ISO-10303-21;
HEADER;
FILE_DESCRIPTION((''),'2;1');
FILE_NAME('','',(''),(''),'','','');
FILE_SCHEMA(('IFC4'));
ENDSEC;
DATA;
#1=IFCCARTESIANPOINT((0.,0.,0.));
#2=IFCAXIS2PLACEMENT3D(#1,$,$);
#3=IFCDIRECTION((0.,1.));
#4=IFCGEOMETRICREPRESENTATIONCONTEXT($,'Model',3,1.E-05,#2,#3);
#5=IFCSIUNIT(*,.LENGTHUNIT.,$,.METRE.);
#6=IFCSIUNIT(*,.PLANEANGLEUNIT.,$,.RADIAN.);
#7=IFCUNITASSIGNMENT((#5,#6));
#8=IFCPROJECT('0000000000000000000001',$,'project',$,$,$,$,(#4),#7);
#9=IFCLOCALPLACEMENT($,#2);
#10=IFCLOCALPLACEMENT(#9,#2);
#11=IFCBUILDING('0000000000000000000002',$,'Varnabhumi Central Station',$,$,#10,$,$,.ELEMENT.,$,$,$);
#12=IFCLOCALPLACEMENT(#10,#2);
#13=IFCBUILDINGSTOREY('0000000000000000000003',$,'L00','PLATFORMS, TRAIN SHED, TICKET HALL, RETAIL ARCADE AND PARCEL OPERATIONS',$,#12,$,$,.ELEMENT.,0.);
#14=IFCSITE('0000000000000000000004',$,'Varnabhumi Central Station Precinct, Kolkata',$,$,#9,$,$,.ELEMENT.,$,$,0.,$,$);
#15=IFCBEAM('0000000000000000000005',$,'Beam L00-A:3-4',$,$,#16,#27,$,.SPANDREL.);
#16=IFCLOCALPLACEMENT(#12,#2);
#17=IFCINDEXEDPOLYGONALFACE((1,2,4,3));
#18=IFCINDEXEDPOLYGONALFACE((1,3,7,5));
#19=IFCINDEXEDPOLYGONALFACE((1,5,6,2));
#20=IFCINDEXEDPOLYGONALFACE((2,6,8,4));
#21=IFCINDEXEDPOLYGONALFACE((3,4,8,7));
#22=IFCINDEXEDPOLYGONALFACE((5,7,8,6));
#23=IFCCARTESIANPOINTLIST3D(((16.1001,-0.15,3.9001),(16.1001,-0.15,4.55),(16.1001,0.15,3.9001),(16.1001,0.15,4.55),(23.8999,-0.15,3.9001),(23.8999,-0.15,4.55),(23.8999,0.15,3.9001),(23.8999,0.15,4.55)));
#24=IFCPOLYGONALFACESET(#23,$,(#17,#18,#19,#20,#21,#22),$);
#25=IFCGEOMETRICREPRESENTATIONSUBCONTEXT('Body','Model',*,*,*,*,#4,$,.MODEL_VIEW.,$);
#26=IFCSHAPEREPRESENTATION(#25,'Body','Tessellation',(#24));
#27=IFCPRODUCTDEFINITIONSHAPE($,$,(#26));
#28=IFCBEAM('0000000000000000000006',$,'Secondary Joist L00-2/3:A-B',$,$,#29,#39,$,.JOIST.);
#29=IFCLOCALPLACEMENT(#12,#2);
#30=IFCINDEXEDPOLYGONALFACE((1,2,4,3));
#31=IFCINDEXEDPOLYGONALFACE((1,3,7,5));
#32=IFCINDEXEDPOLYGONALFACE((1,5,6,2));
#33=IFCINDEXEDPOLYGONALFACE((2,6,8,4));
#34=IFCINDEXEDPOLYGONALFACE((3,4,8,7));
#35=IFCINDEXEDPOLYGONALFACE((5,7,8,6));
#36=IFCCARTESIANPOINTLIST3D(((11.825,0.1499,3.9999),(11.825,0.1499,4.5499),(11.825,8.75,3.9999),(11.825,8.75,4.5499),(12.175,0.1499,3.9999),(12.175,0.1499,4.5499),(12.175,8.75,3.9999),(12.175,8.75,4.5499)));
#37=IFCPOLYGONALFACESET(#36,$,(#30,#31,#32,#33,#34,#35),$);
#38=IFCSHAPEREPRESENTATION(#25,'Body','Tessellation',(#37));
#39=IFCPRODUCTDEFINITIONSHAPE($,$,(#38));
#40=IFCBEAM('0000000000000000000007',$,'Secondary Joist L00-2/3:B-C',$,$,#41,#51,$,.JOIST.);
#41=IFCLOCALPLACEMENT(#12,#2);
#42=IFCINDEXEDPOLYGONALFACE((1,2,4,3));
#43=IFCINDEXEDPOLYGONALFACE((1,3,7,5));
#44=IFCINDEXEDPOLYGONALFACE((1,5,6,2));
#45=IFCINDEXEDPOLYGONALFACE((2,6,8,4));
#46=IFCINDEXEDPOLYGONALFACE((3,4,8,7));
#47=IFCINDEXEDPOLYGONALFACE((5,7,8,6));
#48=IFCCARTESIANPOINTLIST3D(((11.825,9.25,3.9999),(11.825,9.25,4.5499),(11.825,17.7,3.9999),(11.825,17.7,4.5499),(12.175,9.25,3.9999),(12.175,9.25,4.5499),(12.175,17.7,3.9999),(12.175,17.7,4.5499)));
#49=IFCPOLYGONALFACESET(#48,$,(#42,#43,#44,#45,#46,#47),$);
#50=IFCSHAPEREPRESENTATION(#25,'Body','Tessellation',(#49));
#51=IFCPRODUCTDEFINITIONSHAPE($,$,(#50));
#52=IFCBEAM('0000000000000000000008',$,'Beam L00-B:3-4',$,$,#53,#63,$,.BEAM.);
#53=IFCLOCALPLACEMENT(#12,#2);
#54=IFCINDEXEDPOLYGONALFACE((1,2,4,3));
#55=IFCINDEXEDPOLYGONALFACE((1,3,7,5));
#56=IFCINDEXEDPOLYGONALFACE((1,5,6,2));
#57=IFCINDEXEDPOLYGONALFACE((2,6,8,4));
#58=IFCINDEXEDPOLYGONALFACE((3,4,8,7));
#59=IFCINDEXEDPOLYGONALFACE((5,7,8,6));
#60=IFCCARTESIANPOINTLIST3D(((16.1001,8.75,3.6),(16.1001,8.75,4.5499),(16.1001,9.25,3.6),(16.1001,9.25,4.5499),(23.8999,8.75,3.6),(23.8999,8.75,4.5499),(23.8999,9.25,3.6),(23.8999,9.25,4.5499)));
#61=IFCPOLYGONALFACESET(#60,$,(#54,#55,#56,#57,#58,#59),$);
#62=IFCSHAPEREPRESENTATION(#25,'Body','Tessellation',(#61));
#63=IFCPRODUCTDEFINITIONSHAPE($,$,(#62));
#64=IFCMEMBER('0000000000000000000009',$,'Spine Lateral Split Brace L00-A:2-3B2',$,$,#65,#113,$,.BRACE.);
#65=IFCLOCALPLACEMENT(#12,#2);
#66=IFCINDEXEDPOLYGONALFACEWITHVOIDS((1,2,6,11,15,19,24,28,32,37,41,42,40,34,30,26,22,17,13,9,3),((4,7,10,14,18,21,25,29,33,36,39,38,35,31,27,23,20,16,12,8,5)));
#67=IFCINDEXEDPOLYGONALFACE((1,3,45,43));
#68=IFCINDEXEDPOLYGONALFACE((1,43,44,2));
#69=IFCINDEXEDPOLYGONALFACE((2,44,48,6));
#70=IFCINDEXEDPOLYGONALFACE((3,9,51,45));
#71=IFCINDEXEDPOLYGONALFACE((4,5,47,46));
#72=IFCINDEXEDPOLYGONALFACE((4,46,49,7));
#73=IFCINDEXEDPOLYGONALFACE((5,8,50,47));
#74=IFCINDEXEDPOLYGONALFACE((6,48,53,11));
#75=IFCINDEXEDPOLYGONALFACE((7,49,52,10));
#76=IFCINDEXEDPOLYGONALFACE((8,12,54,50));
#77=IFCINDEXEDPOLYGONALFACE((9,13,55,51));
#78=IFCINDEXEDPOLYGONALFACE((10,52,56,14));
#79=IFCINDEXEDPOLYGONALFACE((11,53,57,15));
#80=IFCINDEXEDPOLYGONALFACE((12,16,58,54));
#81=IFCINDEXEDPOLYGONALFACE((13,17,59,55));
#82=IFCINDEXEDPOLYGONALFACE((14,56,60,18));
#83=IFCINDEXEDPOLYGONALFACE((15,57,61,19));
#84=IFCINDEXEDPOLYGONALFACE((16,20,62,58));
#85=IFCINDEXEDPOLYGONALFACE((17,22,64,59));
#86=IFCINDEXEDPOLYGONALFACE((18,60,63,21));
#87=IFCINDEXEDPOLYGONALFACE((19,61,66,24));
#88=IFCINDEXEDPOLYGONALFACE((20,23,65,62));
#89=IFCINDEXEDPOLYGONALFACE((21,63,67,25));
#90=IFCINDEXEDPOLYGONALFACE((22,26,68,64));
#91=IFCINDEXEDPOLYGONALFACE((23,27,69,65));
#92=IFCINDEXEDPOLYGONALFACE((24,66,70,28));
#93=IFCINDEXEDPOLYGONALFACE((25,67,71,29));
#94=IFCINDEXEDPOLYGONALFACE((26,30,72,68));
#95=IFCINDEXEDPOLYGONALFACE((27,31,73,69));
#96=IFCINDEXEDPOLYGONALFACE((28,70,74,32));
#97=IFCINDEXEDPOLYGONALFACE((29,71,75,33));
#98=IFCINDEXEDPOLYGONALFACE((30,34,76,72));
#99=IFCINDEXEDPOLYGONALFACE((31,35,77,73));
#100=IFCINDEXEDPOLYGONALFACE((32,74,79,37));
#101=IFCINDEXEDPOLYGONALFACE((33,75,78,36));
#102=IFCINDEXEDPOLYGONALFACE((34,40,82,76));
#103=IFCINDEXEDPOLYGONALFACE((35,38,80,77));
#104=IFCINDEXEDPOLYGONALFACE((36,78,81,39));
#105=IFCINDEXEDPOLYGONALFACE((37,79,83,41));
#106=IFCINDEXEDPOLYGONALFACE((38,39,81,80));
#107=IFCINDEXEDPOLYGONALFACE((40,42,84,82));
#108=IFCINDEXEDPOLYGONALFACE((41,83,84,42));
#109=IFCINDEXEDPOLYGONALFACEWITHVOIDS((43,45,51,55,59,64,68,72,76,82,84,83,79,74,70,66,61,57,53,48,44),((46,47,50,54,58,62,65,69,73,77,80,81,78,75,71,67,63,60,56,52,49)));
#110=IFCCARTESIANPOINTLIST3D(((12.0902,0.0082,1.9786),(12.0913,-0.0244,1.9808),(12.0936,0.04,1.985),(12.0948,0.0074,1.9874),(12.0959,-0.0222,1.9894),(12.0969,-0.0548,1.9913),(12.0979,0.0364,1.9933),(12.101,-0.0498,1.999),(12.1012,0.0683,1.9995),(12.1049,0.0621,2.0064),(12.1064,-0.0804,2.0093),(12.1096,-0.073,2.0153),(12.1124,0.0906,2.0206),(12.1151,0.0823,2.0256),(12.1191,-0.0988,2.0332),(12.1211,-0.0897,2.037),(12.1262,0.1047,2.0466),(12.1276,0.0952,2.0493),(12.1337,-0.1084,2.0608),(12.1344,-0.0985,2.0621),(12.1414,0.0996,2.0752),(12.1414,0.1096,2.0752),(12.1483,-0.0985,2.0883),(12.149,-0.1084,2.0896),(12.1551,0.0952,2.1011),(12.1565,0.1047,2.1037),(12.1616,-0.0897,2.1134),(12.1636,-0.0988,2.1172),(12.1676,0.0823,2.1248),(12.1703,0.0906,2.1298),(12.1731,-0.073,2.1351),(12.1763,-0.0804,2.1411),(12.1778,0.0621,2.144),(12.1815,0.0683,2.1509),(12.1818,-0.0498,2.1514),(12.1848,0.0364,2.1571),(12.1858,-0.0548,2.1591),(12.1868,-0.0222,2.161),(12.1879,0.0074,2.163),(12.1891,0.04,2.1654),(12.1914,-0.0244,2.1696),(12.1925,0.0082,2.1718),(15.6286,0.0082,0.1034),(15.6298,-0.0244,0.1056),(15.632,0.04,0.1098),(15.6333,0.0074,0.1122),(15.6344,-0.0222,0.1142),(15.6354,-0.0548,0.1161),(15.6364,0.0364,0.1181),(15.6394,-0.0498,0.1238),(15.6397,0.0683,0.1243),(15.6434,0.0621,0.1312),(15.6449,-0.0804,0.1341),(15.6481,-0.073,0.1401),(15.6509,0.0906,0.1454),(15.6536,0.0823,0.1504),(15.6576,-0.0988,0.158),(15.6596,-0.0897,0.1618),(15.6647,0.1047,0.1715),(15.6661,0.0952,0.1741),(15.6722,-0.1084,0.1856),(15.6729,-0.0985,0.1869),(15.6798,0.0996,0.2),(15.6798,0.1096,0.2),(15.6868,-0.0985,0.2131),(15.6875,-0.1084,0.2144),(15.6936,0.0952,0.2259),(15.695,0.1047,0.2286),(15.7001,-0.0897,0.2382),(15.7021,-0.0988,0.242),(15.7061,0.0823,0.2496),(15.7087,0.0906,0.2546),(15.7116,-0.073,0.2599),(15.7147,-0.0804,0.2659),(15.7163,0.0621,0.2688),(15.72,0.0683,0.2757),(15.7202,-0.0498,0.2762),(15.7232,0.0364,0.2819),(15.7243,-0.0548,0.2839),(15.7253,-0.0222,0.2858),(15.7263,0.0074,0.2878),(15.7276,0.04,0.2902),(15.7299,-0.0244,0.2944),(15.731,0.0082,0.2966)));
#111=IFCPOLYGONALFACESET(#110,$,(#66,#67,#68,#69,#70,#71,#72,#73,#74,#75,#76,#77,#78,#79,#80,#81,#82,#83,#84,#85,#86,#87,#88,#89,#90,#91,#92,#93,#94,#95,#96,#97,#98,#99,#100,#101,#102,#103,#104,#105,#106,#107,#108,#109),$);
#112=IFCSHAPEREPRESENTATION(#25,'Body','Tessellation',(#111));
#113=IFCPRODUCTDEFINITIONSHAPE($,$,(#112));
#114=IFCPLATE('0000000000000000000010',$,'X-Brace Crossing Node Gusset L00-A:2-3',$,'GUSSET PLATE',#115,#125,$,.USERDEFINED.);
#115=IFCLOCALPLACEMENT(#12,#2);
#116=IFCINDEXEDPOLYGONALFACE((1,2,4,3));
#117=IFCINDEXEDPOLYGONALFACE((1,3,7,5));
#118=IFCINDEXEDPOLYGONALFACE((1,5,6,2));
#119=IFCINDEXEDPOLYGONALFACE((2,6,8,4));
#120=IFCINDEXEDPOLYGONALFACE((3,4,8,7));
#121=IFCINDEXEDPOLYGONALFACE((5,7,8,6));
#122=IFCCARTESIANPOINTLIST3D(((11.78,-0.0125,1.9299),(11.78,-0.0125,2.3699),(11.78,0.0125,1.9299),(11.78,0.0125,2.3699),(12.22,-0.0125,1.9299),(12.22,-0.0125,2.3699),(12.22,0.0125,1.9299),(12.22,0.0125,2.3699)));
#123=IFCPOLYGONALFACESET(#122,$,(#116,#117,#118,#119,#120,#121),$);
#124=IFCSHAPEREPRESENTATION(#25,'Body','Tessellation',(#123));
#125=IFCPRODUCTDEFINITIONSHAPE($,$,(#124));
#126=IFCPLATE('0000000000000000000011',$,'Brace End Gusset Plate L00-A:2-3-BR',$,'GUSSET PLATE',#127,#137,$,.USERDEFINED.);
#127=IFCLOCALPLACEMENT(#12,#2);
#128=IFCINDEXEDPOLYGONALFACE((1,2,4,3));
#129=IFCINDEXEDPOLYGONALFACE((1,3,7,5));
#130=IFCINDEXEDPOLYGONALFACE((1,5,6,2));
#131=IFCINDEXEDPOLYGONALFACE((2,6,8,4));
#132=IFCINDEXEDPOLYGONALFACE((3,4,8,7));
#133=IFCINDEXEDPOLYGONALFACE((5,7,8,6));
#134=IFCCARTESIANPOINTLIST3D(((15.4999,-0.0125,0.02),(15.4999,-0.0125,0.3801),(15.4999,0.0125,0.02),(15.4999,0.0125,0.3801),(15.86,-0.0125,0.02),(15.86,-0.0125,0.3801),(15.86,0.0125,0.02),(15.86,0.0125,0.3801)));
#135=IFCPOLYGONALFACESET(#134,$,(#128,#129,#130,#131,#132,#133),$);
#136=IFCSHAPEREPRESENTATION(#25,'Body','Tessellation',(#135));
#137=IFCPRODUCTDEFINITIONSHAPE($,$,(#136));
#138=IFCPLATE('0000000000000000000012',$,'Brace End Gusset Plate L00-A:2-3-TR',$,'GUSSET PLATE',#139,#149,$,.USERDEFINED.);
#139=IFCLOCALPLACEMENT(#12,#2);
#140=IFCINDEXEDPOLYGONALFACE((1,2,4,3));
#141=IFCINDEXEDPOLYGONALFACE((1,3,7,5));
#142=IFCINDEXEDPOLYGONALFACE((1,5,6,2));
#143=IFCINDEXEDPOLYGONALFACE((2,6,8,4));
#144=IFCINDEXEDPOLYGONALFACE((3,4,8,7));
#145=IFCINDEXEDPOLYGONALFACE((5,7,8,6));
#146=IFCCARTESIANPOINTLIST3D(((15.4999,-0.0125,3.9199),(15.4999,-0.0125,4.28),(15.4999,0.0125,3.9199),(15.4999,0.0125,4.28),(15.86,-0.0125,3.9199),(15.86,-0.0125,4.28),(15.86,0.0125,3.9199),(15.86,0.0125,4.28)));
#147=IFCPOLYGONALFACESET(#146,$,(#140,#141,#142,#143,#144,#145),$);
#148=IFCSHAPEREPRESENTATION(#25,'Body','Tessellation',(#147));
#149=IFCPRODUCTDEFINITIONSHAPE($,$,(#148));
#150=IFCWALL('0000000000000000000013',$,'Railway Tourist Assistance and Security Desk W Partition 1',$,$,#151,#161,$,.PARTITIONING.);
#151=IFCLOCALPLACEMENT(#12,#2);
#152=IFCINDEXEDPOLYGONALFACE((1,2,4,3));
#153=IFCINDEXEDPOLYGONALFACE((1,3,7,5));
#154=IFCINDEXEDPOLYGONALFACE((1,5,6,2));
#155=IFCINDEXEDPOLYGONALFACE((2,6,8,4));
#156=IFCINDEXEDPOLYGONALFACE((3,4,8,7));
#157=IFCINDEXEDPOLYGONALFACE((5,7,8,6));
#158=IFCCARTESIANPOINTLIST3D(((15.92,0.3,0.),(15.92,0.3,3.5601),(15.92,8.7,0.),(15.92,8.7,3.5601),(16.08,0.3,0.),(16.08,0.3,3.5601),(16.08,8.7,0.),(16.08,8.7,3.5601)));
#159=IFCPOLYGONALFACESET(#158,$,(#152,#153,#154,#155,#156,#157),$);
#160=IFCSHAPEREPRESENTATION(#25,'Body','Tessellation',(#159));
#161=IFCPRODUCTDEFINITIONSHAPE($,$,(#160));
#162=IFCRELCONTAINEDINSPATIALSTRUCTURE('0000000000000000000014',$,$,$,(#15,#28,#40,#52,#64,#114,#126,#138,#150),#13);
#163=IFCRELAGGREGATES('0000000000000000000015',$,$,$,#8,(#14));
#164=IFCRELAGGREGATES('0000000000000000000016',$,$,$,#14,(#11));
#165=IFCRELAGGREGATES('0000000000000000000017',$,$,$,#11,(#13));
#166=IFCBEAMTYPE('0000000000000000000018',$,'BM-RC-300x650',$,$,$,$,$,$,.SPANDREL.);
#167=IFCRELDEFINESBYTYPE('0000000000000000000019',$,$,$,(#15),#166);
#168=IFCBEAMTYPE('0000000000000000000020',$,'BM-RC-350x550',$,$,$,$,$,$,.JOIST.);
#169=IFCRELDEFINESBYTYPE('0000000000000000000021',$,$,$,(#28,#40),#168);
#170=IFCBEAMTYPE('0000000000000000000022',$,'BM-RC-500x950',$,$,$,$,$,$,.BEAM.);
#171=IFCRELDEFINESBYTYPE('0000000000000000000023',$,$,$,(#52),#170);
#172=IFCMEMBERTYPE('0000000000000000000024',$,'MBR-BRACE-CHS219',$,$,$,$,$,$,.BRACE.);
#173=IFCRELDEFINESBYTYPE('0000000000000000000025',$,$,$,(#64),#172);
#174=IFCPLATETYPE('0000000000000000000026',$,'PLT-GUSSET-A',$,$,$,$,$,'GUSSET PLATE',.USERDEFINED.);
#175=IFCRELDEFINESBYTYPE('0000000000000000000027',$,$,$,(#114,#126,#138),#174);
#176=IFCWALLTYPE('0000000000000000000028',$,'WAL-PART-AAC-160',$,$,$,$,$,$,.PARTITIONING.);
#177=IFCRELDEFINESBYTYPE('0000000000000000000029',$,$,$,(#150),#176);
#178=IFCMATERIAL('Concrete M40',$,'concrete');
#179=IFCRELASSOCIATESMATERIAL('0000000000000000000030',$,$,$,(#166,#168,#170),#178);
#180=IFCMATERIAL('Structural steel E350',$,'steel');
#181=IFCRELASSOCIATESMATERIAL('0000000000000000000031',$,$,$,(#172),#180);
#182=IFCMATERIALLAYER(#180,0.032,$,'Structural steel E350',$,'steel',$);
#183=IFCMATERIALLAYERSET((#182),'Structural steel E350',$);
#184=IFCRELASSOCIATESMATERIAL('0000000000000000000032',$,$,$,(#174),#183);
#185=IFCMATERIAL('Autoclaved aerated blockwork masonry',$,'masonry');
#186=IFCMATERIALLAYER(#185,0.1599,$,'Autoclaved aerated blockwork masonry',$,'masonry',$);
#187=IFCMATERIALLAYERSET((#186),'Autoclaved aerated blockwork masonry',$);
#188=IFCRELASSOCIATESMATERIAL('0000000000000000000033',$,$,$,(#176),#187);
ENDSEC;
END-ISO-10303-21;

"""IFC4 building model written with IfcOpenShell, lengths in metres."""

from ifc_helpers import new_model, si_unit, direction, frame, frame_2d, origin, origin_2d, place, context, subcontext, project, spatial, rectangle, hollow_circle, extrude, material, layer, layer_set, material_profile, profile_set, type_object, element, save


model = new_model("IFC4")

# Units and contexts
model_context = context("Model", 3, precision=1e-05, world=origin(), true_north=direction((0.0, 1.0)))
body_context = subcontext(model_context, "Body", "Model", "MODEL_VIEW")
ifc_project = project(units=[si_unit("LENGTHUNIT", "METRE"), si_unit("PLANEANGLEUNIT", "RADIAN")], contexts=[model_context])

# Site, building, storey
site_placement = place(None, origin())
site = spatial("IfcSite", under=ifc_project, at=site_placement, Name="Varnabhumi Central Station Precinct, Kolkata", CompositionType="ELEMENT", RefElevation=0.0)
building_placement = place(site_placement, origin())
building = spatial("IfcBuilding", under=site, at=building_placement, Name="Varnabhumi Central Station", CompositionType="ELEMENT")
storey_placement = place(building_placement, origin())
storey = spatial("IfcBuildingStorey", under=building, at=storey_placement, Name="L00", Description="PLATFORMS, TRAIN SHED, TICKET HALL, RETAIL ARCADE AND PARCEL OPERATIONS", CompositionType="ELEMENT", Elevation=0.0)

# Shared definitions
ifc_material_1 = material(Name="Concrete M40", Category="concrete")

# Beams
ifc_material_profile_1 = material_profile(ifc_material_1, rectangle(XDim=0.3, YDim=0.6499, at=origin_2d()), Name="Concrete M40", Category="concrete")
ifc_profile_set_1 = profile_set([ifc_material_profile_1], Name="Concrete M40")
beam_type_1 = type_object("IfcBeamType", Name="BM-RC-300x650", PredefinedType="SPANDREL", material=ifc_profile_set_1)
beam_1_placement = place(storey_placement, frame((16.1001, 0.0, 4.2251), z_axis=(1.0, 0.0, 0.0), x_axis=(0.0, 1.0, 0.0)))
element("IfcBeam", 1, at=beam_1_placement, inside=storey, type_object=beam_type_1, Name="Beam L00-A:3-4", PredefinedType="SPANDREL", context=body_context, shape_type="SweptSolid", body=[
    extrude(rectangle(XDim=0.3, YDim=0.6499, at=origin_2d()), origin(), (0.0, 0.0, 1.0), 7.7998),
])
ifc_material_profile_2 = material_profile(ifc_material_1, rectangle(XDim=0.3501, YDim=0.55, at=origin_2d()), Name="Concrete M40", Category="concrete")
ifc_profile_set_2 = profile_set([ifc_material_profile_2], Name="Concrete M40")
beam_type_2 = type_object("IfcBeamType", Name="BM-RC-350x550", PredefinedType="JOIST", material=ifc_profile_set_2)
beam_2_placement = place(storey_placement, frame((12.0, 0.1499, 4.2749), z_axis=(0.0, 1.0, 0.0), x_axis=(-1.0, 0.0, 0.0)))
element("IfcBeam", 2, at=beam_2_placement, inside=storey, type_object=beam_type_2, Name="Secondary Joist L00-2/3:A-B", PredefinedType="JOIST", context=body_context, shape_type="SweptSolid", body=[
    extrude(rectangle(XDim=0.3501, YDim=0.55, at=origin_2d()), origin(), (0.0, 0.0, 1.0), 8.6001),
])
beam_3_placement = place(storey_placement, frame((12.0, 9.25, 4.2749), z_axis=(0.0, 1.0, 0.0), x_axis=(-1.0, 0.0, 0.0)))
element("IfcBeam", 3, at=beam_3_placement, inside=storey, type_object=beam_type_2, Name="Secondary Joist L00-2/3:B-C", PredefinedType="JOIST", context=body_context, shape_type="SweptSolid", body=[
    extrude(rectangle(XDim=0.3501, YDim=0.55, at=origin_2d()), origin(), (0.0, 0.0, 1.0), 8.45),
])
ifc_material_profile_3 = material_profile(ifc_material_1, rectangle(XDim=0.5, YDim=0.95, at=origin_2d()), Name="Concrete M40", Category="concrete")
ifc_profile_set_3 = profile_set([ifc_material_profile_3], Name="Concrete M40")
beam_type_3 = type_object("IfcBeamType", Name="BM-RC-500x950", PredefinedType="BEAM", material=ifc_profile_set_3)
beam_4_placement = place(storey_placement, frame((16.1001, 9.0, 4.075), z_axis=(1.0, 0.0, 0.0), x_axis=(0.0, 1.0, 0.0)))
element("IfcBeam", 4, at=beam_4_placement, inside=storey, type_object=beam_type_3, Name="Beam L00-B:3-4", PredefinedType="BEAM", context=body_context, shape_type="SweptSolid", body=[
    extrude(rectangle(XDim=0.5, YDim=0.95, at=origin_2d()), origin(), (0.0, 0.0, 1.0), 7.7998),
])

# Member
ifc_material_2 = material(Name="Structural steel E350", Category="steel")
ifc_material_profile_4 = material_profile(ifc_material_2, hollow_circle(Radius=0.1096, WallThickness=0.01, at=origin_2d()), Name="Structural steel E350", Category="steel")
ifc_profile_set_4 = profile_set([ifc_material_profile_4], Name="Structural steel E350")
member_type = type_object("IfcMemberType", Name="MBR-BRACE-CHS219", PredefinedType="BRACE", material=ifc_profile_set_4)
member_placement = place(storey_placement, frame((12.1414, 0.0, 2.0752), z_axis=(0.883594, 0.0, -0.468255), x_axis=(0.0, 1.0, 0.0)))
element("IfcMember", 5, at=member_placement, inside=storey, type_object=member_type, Name="Spine Lateral Split Brace L00-A:2-3B2", PredefinedType="BRACE", context=body_context, shape_type="SweptSolid", body=[
    extrude(hollow_circle(Radius=0.1096, WallThickness=0.01, at=origin_2d()), origin(), (0.0, 0.0, 1.0), 4.0046),
])

# Plates
ifc_layer_1 = layer(ifc_material_2, 0.032, Name="Structural steel E350", Category="steel")
ifc_layer_set_1 = layer_set([ifc_layer_1], Name="Structural steel E350")
plate_type = type_object("IfcPlateType", Name="PLT-GUSSET-A", ElementType="GUSSET PLATE", PredefinedType="USERDEFINED", material=ifc_layer_set_1)
plate_placement = place(storey_placement, frame((12.0, 0.0, 1.9299), z_axis=(0.0, 0.0, 1.0), x_axis=(1.0, 0.0, 0.0)))
element("IfcPlate", 6, at=plate_placement, inside=storey, type_object=plate_type, Name="X-Brace Crossing Node Gusset L00-A:2-3", ObjectType="GUSSET PLATE", PredefinedType="USERDEFINED", context=body_context, shape_type="SweptSolid", body=[
    extrude(rectangle(XDim=0.4399, YDim=0.0249, at=origin_2d()), origin(), (0.0, 0.0, 1.0), 0.4399),
])
for number, where, z_axis, x_axis, name in (
    (7, (15.6799, 0.0, 0.02), (0.0, 0.0, 1.0), (1.0, 0.0, 0.0), "Brace End Gusset Plate L00-A:2-3-BR"),
    (8, (15.6799, 0.0, 3.9199), (0.0, 0.0, 1.0), (1.0, 0.0, 0.0), "Brace End Gusset Plate L00-A:2-3-TR"),
):
    element("IfcPlate", number, at=place(storey_placement, frame(where, z_axis=z_axis, x_axis=x_axis)), inside=storey, type_object=plate_type, Name=name, ObjectType="GUSSET PLATE", PredefinedType="USERDEFINED", context=body_context, shape_type="SweptSolid", body=[
        extrude(rectangle(XDim=0.3601, YDim=0.0249, at=origin_2d()), origin(), (0.0, 0.0, 1.0), 0.3601),
    ])

# Wall
ifc_material_3 = material(Name="Autoclaved aerated blockwork masonry", Category="masonry")
ifc_layer_2 = layer(ifc_material_3, 0.1599, Name="Autoclaved aerated blockwork masonry", Category="masonry")
ifc_layer_set_2 = layer_set([ifc_layer_2], Name="Autoclaved aerated blockwork masonry")
wall_type_1 = type_object("IfcWallType", Name="WAL-PART-AAC-160", PredefinedType="PARTITIONING", material=ifc_layer_set_2)
wall_1_placement = place(storey_placement, frame((16.0, 0.3, 0.0), z_axis=(0.0, 0.0, 1.0), x_axis=(0.0, 1.0, 0.0)))
element("IfcWall", 9, at=wall_1_placement, inside=storey, type_object=wall_type_1, Name="Railway Tourist Assistance and Security Desk W Partition 1", PredefinedType="PARTITIONING", context=body_context, shape_type="SweptSolid", body=[
    extrude(rectangle(XDim=8.3999, YDim=0.1599, at=frame_2d((4.2, 0.0))), origin(), (0.0, 0.0, 1.0), 3.5601),
])

save(model, "model.ifc")
